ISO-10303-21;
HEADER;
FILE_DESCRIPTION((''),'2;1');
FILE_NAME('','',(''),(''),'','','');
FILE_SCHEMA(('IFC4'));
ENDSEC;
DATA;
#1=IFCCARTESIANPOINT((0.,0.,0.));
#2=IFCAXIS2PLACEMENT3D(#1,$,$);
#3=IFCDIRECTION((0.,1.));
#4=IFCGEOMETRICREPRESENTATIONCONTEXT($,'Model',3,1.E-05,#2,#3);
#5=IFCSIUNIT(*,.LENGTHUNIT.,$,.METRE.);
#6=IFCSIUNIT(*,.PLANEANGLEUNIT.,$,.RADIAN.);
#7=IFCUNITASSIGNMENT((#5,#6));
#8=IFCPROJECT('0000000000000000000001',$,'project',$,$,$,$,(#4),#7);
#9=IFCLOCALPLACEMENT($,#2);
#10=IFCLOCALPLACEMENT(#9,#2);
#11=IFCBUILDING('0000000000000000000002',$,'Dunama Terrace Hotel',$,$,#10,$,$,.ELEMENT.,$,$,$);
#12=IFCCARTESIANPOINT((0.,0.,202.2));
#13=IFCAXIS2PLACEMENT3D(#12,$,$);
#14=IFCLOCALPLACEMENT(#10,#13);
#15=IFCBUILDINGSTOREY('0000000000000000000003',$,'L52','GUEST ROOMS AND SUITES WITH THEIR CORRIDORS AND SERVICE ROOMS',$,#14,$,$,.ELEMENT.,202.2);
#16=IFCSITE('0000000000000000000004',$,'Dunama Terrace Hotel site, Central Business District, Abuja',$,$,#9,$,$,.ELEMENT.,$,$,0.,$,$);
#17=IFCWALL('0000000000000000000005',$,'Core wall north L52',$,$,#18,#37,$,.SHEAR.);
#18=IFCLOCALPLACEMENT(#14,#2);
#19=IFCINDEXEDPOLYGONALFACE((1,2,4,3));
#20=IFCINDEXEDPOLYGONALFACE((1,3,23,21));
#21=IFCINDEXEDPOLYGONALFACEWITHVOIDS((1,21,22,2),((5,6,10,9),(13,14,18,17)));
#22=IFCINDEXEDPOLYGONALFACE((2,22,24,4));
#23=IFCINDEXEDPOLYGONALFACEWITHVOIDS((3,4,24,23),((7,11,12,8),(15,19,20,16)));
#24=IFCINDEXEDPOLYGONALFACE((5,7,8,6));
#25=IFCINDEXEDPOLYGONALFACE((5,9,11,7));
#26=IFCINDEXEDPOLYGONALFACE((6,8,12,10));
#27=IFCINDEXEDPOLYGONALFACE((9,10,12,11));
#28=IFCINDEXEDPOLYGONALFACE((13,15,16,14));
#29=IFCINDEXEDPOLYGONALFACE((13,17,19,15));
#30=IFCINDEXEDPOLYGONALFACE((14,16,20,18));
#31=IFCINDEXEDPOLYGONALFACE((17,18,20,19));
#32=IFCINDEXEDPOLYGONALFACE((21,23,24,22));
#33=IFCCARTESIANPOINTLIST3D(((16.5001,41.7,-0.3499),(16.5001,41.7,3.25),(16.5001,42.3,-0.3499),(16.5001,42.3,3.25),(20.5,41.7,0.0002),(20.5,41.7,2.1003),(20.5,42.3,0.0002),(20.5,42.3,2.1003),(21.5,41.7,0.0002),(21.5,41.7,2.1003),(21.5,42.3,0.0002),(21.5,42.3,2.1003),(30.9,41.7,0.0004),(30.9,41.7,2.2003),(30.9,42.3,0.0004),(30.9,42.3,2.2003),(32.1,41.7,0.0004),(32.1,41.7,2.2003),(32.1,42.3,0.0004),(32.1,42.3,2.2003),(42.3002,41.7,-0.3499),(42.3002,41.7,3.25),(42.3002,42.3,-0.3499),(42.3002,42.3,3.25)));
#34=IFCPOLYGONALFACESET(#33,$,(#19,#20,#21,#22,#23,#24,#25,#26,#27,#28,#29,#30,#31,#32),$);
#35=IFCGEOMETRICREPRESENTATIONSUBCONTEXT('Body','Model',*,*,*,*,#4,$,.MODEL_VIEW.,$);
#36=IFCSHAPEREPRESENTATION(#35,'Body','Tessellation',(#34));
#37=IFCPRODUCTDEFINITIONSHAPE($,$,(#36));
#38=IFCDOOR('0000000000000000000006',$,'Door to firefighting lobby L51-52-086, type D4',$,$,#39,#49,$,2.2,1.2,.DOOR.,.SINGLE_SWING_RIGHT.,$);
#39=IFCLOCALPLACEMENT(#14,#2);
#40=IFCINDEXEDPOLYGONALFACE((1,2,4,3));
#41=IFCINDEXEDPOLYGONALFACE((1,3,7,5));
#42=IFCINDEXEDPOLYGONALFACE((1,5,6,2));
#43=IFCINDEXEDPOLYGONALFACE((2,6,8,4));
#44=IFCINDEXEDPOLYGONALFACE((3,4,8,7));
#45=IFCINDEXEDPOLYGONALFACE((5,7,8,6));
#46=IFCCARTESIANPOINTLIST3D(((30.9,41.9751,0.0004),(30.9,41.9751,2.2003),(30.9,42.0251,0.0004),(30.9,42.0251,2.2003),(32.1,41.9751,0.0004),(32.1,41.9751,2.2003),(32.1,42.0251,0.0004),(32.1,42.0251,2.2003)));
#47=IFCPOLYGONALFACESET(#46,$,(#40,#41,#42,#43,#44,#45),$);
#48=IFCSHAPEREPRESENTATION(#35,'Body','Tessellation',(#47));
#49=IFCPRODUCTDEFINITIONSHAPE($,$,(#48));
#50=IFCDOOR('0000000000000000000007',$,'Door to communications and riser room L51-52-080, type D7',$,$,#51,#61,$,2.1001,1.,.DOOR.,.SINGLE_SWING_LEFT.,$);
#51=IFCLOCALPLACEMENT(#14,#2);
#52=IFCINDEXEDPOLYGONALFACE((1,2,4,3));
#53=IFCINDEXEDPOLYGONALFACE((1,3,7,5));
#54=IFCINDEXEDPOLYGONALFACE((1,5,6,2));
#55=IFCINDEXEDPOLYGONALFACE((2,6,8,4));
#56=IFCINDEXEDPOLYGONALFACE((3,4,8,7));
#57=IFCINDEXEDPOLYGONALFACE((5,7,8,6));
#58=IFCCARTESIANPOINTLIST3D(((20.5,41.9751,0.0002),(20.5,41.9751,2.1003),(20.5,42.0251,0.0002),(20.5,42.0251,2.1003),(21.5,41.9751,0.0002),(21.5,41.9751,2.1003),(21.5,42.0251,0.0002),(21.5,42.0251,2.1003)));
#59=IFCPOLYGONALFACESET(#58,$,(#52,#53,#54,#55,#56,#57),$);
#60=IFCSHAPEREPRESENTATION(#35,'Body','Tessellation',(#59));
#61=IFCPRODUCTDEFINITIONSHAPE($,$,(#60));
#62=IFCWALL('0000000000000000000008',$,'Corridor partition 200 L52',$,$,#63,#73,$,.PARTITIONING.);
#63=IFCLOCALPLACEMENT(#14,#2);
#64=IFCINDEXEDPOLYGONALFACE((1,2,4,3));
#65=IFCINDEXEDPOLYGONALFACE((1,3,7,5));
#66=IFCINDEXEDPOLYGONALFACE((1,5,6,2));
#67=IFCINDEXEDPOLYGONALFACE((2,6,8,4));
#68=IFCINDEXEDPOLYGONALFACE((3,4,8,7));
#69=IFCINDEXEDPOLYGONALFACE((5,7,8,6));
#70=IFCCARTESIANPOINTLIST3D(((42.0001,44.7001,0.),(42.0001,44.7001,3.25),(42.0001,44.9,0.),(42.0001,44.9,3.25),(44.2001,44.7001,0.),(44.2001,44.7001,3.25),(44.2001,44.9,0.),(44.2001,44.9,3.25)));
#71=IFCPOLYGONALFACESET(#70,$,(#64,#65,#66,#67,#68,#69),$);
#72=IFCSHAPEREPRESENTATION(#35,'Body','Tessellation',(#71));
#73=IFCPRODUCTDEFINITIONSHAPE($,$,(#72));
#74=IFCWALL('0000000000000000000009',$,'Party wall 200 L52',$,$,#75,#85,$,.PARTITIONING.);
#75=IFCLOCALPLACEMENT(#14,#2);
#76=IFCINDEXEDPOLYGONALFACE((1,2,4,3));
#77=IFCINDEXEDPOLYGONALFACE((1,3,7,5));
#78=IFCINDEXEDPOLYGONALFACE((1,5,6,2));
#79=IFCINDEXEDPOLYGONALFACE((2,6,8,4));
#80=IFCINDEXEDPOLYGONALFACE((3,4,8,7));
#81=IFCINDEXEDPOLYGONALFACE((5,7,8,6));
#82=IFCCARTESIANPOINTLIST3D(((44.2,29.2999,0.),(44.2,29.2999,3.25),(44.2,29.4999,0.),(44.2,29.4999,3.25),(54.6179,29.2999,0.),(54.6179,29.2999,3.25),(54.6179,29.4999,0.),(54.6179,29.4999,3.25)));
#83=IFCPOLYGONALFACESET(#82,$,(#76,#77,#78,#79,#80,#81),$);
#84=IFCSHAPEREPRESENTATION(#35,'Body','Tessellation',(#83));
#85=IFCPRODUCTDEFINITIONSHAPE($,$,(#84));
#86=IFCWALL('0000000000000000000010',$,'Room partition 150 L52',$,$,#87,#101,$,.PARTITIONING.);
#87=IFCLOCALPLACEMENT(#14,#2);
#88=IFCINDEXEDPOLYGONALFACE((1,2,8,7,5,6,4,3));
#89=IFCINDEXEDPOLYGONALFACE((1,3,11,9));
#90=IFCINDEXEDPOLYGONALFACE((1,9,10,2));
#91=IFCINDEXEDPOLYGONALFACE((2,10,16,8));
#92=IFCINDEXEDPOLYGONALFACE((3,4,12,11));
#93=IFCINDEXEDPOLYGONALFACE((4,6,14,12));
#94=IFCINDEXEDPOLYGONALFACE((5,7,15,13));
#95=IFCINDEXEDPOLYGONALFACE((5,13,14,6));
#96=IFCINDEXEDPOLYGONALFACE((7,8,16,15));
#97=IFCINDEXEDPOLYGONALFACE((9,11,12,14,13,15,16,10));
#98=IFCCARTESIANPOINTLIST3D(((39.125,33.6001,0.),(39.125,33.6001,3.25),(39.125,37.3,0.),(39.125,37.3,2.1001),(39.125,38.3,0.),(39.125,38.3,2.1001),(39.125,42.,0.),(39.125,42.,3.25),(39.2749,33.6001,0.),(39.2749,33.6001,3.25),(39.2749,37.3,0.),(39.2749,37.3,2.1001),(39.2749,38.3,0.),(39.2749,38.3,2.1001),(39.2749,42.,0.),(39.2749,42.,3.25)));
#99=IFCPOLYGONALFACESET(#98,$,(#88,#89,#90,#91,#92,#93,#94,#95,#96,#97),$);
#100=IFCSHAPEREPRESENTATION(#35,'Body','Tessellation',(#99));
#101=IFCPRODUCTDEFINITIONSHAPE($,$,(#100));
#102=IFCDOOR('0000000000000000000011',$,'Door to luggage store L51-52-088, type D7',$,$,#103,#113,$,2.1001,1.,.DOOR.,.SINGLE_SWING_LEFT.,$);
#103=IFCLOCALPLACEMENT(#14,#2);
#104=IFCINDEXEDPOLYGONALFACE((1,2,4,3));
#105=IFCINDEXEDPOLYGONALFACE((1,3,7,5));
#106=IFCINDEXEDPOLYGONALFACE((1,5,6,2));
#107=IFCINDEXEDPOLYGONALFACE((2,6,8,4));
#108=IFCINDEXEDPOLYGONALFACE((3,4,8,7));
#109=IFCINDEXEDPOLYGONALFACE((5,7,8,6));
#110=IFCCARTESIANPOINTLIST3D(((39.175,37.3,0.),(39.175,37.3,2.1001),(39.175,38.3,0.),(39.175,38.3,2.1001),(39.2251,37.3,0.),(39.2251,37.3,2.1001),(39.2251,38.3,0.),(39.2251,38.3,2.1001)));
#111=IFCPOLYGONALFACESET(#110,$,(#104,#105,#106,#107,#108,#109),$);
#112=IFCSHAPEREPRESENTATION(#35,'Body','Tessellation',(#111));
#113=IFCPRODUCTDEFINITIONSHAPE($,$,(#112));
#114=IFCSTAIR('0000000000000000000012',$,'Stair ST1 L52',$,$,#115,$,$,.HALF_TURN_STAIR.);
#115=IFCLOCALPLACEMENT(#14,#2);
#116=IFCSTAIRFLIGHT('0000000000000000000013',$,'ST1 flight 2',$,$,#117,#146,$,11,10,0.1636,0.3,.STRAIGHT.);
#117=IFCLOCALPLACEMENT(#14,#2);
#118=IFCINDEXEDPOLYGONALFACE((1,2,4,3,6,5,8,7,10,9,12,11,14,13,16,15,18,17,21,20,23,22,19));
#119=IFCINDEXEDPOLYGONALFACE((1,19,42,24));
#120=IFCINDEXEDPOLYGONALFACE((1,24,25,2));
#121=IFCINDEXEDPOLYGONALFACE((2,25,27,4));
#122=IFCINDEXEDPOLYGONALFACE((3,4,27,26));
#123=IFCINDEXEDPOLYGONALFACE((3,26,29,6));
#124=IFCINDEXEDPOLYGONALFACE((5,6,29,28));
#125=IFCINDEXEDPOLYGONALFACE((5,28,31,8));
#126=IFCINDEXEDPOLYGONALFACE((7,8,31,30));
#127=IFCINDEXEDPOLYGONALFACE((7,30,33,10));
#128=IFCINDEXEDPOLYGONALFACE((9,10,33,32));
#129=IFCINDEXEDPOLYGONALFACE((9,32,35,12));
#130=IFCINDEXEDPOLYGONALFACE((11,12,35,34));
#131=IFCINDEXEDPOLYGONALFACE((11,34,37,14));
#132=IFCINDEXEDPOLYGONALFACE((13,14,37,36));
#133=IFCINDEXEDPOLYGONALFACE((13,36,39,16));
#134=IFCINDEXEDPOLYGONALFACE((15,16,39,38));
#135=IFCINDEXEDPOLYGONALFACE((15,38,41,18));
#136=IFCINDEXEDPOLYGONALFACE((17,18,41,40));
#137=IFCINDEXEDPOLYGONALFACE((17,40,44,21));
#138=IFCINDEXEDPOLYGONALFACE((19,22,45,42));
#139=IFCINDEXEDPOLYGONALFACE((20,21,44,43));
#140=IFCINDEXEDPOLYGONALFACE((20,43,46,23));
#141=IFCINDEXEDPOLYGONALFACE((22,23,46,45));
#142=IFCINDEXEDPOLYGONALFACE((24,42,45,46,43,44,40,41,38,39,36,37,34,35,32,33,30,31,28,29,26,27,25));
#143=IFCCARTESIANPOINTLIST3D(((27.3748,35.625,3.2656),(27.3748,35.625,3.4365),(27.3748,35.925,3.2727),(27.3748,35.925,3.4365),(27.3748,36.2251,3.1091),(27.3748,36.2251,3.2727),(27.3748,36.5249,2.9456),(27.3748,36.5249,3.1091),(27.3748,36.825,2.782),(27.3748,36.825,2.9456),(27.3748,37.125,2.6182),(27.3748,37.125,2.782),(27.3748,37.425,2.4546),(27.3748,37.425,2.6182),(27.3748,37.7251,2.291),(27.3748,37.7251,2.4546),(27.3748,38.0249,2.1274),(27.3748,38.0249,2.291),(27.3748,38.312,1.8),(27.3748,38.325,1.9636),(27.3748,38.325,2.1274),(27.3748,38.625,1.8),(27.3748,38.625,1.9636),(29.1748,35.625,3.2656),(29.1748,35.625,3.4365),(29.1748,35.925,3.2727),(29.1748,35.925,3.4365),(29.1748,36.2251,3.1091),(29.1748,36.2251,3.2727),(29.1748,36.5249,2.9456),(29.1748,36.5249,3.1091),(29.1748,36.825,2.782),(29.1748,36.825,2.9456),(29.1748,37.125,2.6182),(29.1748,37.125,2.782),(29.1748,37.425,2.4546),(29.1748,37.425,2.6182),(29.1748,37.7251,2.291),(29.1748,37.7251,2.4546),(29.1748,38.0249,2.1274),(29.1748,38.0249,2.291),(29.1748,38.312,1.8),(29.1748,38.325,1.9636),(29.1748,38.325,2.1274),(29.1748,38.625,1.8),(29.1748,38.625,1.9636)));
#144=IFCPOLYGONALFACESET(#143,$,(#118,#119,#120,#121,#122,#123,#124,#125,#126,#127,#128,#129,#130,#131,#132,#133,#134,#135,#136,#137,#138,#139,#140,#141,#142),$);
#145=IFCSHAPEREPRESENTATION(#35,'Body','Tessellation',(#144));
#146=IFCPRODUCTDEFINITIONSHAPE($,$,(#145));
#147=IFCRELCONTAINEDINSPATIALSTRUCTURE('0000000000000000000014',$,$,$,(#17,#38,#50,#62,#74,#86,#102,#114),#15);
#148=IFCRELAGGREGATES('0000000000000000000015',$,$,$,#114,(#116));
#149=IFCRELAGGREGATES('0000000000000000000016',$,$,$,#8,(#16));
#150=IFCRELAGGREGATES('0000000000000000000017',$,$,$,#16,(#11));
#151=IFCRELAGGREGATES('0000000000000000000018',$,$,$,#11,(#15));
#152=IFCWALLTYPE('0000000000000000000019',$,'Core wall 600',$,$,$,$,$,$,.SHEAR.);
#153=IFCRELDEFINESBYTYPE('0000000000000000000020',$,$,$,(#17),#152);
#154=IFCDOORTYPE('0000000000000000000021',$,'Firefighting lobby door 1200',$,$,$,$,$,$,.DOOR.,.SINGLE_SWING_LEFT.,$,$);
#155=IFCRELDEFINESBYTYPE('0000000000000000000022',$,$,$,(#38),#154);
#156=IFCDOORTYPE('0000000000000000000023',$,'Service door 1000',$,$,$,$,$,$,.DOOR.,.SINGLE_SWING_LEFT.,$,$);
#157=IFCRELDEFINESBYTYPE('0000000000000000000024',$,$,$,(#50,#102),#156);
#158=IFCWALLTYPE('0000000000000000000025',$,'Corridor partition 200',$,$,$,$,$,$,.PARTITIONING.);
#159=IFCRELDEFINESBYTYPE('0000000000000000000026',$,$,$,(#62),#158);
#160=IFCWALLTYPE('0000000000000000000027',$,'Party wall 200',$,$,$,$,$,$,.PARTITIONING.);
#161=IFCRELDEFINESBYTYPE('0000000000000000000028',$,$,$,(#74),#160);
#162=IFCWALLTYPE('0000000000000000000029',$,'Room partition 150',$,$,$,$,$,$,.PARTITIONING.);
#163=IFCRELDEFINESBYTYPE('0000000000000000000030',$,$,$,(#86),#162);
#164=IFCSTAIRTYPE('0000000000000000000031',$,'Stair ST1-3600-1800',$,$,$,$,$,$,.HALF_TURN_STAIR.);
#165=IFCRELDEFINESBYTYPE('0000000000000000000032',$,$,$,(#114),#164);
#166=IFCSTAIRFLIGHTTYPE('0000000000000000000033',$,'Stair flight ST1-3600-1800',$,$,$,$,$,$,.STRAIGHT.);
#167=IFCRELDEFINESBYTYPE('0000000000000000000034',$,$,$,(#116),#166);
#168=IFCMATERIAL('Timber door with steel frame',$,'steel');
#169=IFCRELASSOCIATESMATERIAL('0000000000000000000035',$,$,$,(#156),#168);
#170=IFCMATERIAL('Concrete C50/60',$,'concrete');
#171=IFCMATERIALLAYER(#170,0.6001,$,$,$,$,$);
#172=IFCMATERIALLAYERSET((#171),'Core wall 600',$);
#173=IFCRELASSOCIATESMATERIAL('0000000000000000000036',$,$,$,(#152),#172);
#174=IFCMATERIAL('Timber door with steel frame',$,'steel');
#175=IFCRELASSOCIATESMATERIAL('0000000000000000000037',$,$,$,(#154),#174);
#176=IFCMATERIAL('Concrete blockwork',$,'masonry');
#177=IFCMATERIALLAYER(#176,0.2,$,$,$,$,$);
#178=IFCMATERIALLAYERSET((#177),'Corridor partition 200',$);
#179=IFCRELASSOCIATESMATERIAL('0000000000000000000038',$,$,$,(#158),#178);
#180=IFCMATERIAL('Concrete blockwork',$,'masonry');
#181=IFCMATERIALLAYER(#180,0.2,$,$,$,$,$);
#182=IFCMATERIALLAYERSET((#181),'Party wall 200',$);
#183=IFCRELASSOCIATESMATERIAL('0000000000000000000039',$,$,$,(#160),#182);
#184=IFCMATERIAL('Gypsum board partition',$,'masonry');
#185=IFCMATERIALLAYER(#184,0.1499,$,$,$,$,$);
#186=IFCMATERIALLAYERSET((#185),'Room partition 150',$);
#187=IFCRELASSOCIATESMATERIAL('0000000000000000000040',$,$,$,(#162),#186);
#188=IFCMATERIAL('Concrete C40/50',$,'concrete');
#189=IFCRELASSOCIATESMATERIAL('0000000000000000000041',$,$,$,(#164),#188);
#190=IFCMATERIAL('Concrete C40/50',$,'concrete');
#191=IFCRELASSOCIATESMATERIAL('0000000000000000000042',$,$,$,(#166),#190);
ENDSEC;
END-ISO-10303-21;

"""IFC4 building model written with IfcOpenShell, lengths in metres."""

from ifc_helpers import new_model, si_unit, direction, frame, frame_2d, origin, place, context, subcontext, project, spatial, polyline, rectangle, outline, extrude, material, layer, layer_set, type_object, element, fill, aggregate, save


model = new_model("IFC4")

# Units and contexts
model_context = context("Model", 3, precision=1e-05, world=origin(), true_north=direction((0.0, 1.0)))
body_context = subcontext(model_context, "Body", "Model", "MODEL_VIEW")
ifc_project = project(units=[si_unit("LENGTHUNIT", "METRE"), si_unit("PLANEANGLEUNIT", "RADIAN")], contexts=[model_context])

# Site, building, storey
site_placement = place(None, origin())
site = spatial("IfcSite", under=ifc_project, at=site_placement, Name="Dunama Terrace Hotel site, Central Business District, Abuja", CompositionType="ELEMENT", RefElevation=0.0)
building_placement = place(site_placement, origin())
building = spatial("IfcBuilding", under=site, at=building_placement, Name="Dunama Terrace Hotel", CompositionType="ELEMENT")
storey_placement = place(building_placement, frame((0.0, 0.0, 202.2)))
storey = spatial("IfcBuildingStorey", under=building, at=storey_placement, Name="L52", Description="GUEST ROOMS AND SUITES WITH THEIR CORRIDORS AND SERVICE ROOMS", CompositionType="ELEMENT", Elevation=202.2)

# Shared definitions
ifc_material_1 = material(Name="Timber door with steel frame", Category="steel")
door_type_1 = type_object("IfcDoorType", Name="Service door 1000", OperationType="SINGLE_SWING_LEFT", PredefinedType="DOOR", material=ifc_material_1)

# Wall, openings, doors
ifc_material_2 = material(Name="Concrete C50/60", Category="concrete")
ifc_layer_1 = layer(ifc_material_2, 0.6001)
ifc_layer_set_1 = layer_set([ifc_layer_1], Name="Core wall 600")
wall_type_1 = type_object("IfcWallType", Name="Core wall 600", PredefinedType="SHEAR", material=ifc_layer_set_1)
wall_1_placement = place(storey_placement, frame((42.3, 42.0, -0.3499), z_axis=(0.0, 0.0, 1.0), x_axis=(-1.0, 0.0, 0.0)))
wall_1 = element("IfcWall", 1, at=wall_1_placement, inside=storey, type_object=wall_type_1, Name="Core wall north L52", PredefinedType="SHEAR", context=body_context, shape_type="SweptSolid", body=[
    extrude(rectangle(XDim=25.8, YDim=0.6001, at=frame_2d((12.8999, 0.0))), origin(), (0.0, 0.0, 1.0), 3.5999),
])
opening_1_placement = place(wall_1_placement, frame((20.8, 0.0, 0.3501)))
opening_1 = element("IfcOpeningElement", 2, at=opening_1_placement, cuts=wall_1, PredefinedType="OPENING", context=body_context, shape_type="SweptSolid", body=[
    extrude(rectangle(XDim=1.0, YDim=2.1001, at=frame_2d((0.5, 1.05))), frame((0.0, 0.3101, 0.0), z_axis=(0.0, -1.0, 0.0), x_axis=(1.0, 0.0, 0.0)), (0.0, 0.0, 1.0), 0.6201),
])
opening_2_placement = place(wall_1_placement, frame((10.2, 0.0, 0.3501)))
opening_2 = element("IfcOpeningElement", 3, at=opening_2_placement, cuts=wall_1, PredefinedType="OPENING", context=body_context, shape_type="SweptSolid", body=[
    extrude(rectangle(XDim=1.2, YDim=2.2, at=frame_2d((0.6001, 1.1001))), frame((0.0, 0.3101, 0.0), z_axis=(0.0, -1.0, 0.0), x_axis=(1.0, 0.0, 0.0)), (0.0, 0.0, 1.0), 0.6201),
])
ifc_material_3 = material(Name="Timber door with steel frame", Category="steel")
door_type_2 = type_object("IfcDoorType", Name="Firefighting lobby door 1200", OperationType="SINGLE_SWING_LEFT", PredefinedType="DOOR", material=ifc_material_3)
door_1_placement = place(opening_2_placement, origin())
door_1 = element("IfcDoor", 4, at=door_1_placement, inside=storey, type_object=door_type_2, Name="Door to firefighting lobby L51-52-086, type D4", OperationType="SINGLE_SWING_RIGHT", OverallHeight=2.2, OverallWidth=1.2, PredefinedType="DOOR", context=body_context, shape_type="SweptSolid", body=[
    extrude(rectangle(XDim=1.2, YDim=2.2, at=frame_2d((0.6001, 1.1001))), frame((0.0, 0.0249, 0.0), z_axis=(0.0, -1.0, 0.0), x_axis=(1.0, 0.0, 0.0)), (0.0, 0.0, 1.0), 0.05),
])
fill(opening_2, door_1)
door_2_placement = place(opening_1_placement, origin())
door_2 = element("IfcDoor", 5, at=door_2_placement, inside=storey, type_object=door_type_1, Name="Door to communications and riser room L51-52-080, type D7", OperationType="SINGLE_SWING_LEFT", OverallHeight=2.1001, OverallWidth=1.0, PredefinedType="DOOR", context=body_context, shape_type="SweptSolid", body=[
    extrude(rectangle(XDim=1.0, YDim=2.1001, at=frame_2d((0.5, 1.05))), frame((0.0, 0.0249, 0.0), z_axis=(0.0, -1.0, 0.0), x_axis=(1.0, 0.0, 0.0)), (0.0, 0.0, 1.0), 0.05),
])
fill(opening_1, door_2)

# Walls
ifc_material_4 = material(Name="Concrete blockwork", Category="masonry")
ifc_layer_2 = layer(ifc_material_4, 0.2)
ifc_layer_set_2 = layer_set([ifc_layer_2], Name="Corridor partition 200")
wall_type_2 = type_object("IfcWallType", Name="Corridor partition 200", PredefinedType="PARTITIONING", material=ifc_layer_set_2)
wall_2_placement = place(storey_placement, frame((42.0, 44.8, 0.0), z_axis=(0.0, 0.0, 1.0), x_axis=(1.0, 0.0, 0.0)))
element("IfcWall", 6, at=wall_2_placement, inside=storey, type_object=wall_type_2, Name="Corridor partition 200 L52", PredefinedType="PARTITIONING", context=body_context, shape_type="SweptSolid", body=[
    extrude(rectangle(XDim=2.2, YDim=0.2, at=frame_2d((1.1001, 0.0))), origin(), (0.0, 0.0, 1.0), 3.25),
])
ifc_material_5 = material(Name="Concrete blockwork", Category="masonry")
ifc_layer_3 = layer(ifc_material_5, 0.2)
ifc_layer_set_3 = layer_set([ifc_layer_3], Name="Party wall 200")
wall_type_3 = type_object("IfcWallType", Name="Party wall 200", PredefinedType="PARTITIONING", material=ifc_layer_set_3)
wall_3_placement = place(storey_placement, frame((44.2, 29.3999, 0.0), z_axis=(0.0, 0.0, 1.0), x_axis=(1.0, 0.0, 0.0)))
element("IfcWall", 7, at=wall_3_placement, inside=storey, type_object=wall_type_3, Name="Party wall 200 L52", PredefinedType="PARTITIONING", context=body_context, shape_type="SweptSolid", body=[
    extrude(rectangle(XDim=10.418, YDim=0.2, at=frame_2d((5.209, 0.0))), origin(), (0.0, 0.0, 1.0), 3.25),
])

# Wall, opening, door
ifc_material_6 = material(Name="Gypsum board partition", Category="masonry")
ifc_layer_4 = layer(ifc_material_6, 0.1499)
ifc_layer_set_4 = layer_set([ifc_layer_4], Name="Room partition 150")
wall_type_4 = type_object("IfcWallType", Name="Room partition 150", PredefinedType="PARTITIONING", material=ifc_layer_set_4)
wall_4_placement = place(storey_placement, frame((39.2, 33.6001, 0.0), z_axis=(0.0, 0.0, 1.0), x_axis=(0.0, 1.0, 0.0)))
wall_4 = element("IfcWall", 8, at=wall_4_placement, inside=storey, type_object=wall_type_4, Name="Room partition 150 L52", PredefinedType="PARTITIONING", context=body_context, shape_type="SweptSolid", body=[
    extrude(rectangle(XDim=8.3999, YDim=0.1499, at=frame_2d((4.2, 0.0))), origin(), (0.0, 0.0, 1.0), 3.25),
])
opening_3_placement = place(wall_4_placement, frame((3.7, 0.0, 0.0)))
opening_3 = element("IfcOpeningElement", 9, at=opening_3_placement, cuts=wall_4, PredefinedType="OPENING", context=body_context, shape_type="SweptSolid", body=[
    extrude(rectangle(XDim=1.0, YDim=2.1001, at=frame_2d((0.5, 1.05))), frame((0.0, 0.085, 0.0), z_axis=(0.0, -1.0, 0.0), x_axis=(1.0, 0.0, 0.0)), (0.0, 0.0, 1.0), 0.1699),
])
door_3_placement = place(opening_3_placement, origin())
door_3 = element("IfcDoor", 10, at=door_3_placement, inside=storey, type_object=door_type_1, Name="Door to luggage store L51-52-088, type D7", OperationType="SINGLE_SWING_LEFT", OverallHeight=2.1001, OverallWidth=1.0, PredefinedType="DOOR", context=body_context, shape_type="SweptSolid", body=[
    extrude(rectangle(XDim=1.0, YDim=2.1001, at=frame_2d((0.5, 1.05))), frame((0.0, 0.0249, 0.0), z_axis=(0.0, -1.0, 0.0), x_axis=(1.0, 0.0, 0.0)), (0.0, 0.0, 1.0), 0.05),
])
fill(opening_3, door_3)

# Stair, stair flight
ifc_material_7 = material(Name="Concrete C40/50", Category="concrete")
stair_type = type_object("IfcStairType", Name="Stair ST1-3600-1800", PredefinedType="HALF_TURN_STAIR", material=ifc_material_7)
stair_placement = place(storey_placement, origin())
stair = element("IfcStair", 11, at=stair_placement, inside=storey, type_object=stair_type, Name="Stair ST1 L52", PredefinedType="HALF_TURN_STAIR")
ifc_material_8 = material(Name="Concrete C40/50", Category="concrete")
stair_flight_type = type_object("IfcStairFlightType", Name="Stair flight ST1-3600-1800", PredefinedType="STRAIGHT", material=ifc_material_8)
stair_flight_placement = place(storey_placement, frame((28.2749, 38.625, 1.8), z_axis=(0.0, 0.0, 1.0), x_axis=(0.0, -1.0, 0.0)))
stair_flight = element("IfcStairFlight", 12, at=stair_flight_placement, type_object=stair_flight_type, Name="ST1 flight 2", NumberOfRisers=11, NumberOfTreads=10, PredefinedType="STRAIGHT", RiserHeight=0.1636, TreadLength=0.3, context=body_context, shape_type="SweptSolid", body=[
    extrude(outline(polyline([(0.0, 0.0), (0.0, 0.1636), (0.3, 0.1636), (0.3, 0.3274), (0.6001, 0.3274), (0.6001, 0.491), (0.8999, 0.491), (0.8999, 0.6545), (1.2, 0.6545), (1.2, 0.8181), (1.5, 0.8181), (1.5, 0.9819), (1.8, 0.9819), (1.8, 1.1455), (2.1001, 1.1455), (2.1001, 1.3091), (2.3999, 1.3091), (2.3999, 1.4727), (2.7, 1.4727), (2.7, 1.6365), (3.0, 1.6365), (3.0, 1.8), (3.0, 1.4656), (0.313, 0.0), (0.0, 0.0)])), frame((0.0, 0.8999, 0.0), z_axis=(0.0, -1.0, 0.0), x_axis=(1.0, 0.0, 0.0)), (0.0, 0.0, 1.0), 1.8),
])
aggregate(stair, [stair_flight])

save(model, "model.ifc")
